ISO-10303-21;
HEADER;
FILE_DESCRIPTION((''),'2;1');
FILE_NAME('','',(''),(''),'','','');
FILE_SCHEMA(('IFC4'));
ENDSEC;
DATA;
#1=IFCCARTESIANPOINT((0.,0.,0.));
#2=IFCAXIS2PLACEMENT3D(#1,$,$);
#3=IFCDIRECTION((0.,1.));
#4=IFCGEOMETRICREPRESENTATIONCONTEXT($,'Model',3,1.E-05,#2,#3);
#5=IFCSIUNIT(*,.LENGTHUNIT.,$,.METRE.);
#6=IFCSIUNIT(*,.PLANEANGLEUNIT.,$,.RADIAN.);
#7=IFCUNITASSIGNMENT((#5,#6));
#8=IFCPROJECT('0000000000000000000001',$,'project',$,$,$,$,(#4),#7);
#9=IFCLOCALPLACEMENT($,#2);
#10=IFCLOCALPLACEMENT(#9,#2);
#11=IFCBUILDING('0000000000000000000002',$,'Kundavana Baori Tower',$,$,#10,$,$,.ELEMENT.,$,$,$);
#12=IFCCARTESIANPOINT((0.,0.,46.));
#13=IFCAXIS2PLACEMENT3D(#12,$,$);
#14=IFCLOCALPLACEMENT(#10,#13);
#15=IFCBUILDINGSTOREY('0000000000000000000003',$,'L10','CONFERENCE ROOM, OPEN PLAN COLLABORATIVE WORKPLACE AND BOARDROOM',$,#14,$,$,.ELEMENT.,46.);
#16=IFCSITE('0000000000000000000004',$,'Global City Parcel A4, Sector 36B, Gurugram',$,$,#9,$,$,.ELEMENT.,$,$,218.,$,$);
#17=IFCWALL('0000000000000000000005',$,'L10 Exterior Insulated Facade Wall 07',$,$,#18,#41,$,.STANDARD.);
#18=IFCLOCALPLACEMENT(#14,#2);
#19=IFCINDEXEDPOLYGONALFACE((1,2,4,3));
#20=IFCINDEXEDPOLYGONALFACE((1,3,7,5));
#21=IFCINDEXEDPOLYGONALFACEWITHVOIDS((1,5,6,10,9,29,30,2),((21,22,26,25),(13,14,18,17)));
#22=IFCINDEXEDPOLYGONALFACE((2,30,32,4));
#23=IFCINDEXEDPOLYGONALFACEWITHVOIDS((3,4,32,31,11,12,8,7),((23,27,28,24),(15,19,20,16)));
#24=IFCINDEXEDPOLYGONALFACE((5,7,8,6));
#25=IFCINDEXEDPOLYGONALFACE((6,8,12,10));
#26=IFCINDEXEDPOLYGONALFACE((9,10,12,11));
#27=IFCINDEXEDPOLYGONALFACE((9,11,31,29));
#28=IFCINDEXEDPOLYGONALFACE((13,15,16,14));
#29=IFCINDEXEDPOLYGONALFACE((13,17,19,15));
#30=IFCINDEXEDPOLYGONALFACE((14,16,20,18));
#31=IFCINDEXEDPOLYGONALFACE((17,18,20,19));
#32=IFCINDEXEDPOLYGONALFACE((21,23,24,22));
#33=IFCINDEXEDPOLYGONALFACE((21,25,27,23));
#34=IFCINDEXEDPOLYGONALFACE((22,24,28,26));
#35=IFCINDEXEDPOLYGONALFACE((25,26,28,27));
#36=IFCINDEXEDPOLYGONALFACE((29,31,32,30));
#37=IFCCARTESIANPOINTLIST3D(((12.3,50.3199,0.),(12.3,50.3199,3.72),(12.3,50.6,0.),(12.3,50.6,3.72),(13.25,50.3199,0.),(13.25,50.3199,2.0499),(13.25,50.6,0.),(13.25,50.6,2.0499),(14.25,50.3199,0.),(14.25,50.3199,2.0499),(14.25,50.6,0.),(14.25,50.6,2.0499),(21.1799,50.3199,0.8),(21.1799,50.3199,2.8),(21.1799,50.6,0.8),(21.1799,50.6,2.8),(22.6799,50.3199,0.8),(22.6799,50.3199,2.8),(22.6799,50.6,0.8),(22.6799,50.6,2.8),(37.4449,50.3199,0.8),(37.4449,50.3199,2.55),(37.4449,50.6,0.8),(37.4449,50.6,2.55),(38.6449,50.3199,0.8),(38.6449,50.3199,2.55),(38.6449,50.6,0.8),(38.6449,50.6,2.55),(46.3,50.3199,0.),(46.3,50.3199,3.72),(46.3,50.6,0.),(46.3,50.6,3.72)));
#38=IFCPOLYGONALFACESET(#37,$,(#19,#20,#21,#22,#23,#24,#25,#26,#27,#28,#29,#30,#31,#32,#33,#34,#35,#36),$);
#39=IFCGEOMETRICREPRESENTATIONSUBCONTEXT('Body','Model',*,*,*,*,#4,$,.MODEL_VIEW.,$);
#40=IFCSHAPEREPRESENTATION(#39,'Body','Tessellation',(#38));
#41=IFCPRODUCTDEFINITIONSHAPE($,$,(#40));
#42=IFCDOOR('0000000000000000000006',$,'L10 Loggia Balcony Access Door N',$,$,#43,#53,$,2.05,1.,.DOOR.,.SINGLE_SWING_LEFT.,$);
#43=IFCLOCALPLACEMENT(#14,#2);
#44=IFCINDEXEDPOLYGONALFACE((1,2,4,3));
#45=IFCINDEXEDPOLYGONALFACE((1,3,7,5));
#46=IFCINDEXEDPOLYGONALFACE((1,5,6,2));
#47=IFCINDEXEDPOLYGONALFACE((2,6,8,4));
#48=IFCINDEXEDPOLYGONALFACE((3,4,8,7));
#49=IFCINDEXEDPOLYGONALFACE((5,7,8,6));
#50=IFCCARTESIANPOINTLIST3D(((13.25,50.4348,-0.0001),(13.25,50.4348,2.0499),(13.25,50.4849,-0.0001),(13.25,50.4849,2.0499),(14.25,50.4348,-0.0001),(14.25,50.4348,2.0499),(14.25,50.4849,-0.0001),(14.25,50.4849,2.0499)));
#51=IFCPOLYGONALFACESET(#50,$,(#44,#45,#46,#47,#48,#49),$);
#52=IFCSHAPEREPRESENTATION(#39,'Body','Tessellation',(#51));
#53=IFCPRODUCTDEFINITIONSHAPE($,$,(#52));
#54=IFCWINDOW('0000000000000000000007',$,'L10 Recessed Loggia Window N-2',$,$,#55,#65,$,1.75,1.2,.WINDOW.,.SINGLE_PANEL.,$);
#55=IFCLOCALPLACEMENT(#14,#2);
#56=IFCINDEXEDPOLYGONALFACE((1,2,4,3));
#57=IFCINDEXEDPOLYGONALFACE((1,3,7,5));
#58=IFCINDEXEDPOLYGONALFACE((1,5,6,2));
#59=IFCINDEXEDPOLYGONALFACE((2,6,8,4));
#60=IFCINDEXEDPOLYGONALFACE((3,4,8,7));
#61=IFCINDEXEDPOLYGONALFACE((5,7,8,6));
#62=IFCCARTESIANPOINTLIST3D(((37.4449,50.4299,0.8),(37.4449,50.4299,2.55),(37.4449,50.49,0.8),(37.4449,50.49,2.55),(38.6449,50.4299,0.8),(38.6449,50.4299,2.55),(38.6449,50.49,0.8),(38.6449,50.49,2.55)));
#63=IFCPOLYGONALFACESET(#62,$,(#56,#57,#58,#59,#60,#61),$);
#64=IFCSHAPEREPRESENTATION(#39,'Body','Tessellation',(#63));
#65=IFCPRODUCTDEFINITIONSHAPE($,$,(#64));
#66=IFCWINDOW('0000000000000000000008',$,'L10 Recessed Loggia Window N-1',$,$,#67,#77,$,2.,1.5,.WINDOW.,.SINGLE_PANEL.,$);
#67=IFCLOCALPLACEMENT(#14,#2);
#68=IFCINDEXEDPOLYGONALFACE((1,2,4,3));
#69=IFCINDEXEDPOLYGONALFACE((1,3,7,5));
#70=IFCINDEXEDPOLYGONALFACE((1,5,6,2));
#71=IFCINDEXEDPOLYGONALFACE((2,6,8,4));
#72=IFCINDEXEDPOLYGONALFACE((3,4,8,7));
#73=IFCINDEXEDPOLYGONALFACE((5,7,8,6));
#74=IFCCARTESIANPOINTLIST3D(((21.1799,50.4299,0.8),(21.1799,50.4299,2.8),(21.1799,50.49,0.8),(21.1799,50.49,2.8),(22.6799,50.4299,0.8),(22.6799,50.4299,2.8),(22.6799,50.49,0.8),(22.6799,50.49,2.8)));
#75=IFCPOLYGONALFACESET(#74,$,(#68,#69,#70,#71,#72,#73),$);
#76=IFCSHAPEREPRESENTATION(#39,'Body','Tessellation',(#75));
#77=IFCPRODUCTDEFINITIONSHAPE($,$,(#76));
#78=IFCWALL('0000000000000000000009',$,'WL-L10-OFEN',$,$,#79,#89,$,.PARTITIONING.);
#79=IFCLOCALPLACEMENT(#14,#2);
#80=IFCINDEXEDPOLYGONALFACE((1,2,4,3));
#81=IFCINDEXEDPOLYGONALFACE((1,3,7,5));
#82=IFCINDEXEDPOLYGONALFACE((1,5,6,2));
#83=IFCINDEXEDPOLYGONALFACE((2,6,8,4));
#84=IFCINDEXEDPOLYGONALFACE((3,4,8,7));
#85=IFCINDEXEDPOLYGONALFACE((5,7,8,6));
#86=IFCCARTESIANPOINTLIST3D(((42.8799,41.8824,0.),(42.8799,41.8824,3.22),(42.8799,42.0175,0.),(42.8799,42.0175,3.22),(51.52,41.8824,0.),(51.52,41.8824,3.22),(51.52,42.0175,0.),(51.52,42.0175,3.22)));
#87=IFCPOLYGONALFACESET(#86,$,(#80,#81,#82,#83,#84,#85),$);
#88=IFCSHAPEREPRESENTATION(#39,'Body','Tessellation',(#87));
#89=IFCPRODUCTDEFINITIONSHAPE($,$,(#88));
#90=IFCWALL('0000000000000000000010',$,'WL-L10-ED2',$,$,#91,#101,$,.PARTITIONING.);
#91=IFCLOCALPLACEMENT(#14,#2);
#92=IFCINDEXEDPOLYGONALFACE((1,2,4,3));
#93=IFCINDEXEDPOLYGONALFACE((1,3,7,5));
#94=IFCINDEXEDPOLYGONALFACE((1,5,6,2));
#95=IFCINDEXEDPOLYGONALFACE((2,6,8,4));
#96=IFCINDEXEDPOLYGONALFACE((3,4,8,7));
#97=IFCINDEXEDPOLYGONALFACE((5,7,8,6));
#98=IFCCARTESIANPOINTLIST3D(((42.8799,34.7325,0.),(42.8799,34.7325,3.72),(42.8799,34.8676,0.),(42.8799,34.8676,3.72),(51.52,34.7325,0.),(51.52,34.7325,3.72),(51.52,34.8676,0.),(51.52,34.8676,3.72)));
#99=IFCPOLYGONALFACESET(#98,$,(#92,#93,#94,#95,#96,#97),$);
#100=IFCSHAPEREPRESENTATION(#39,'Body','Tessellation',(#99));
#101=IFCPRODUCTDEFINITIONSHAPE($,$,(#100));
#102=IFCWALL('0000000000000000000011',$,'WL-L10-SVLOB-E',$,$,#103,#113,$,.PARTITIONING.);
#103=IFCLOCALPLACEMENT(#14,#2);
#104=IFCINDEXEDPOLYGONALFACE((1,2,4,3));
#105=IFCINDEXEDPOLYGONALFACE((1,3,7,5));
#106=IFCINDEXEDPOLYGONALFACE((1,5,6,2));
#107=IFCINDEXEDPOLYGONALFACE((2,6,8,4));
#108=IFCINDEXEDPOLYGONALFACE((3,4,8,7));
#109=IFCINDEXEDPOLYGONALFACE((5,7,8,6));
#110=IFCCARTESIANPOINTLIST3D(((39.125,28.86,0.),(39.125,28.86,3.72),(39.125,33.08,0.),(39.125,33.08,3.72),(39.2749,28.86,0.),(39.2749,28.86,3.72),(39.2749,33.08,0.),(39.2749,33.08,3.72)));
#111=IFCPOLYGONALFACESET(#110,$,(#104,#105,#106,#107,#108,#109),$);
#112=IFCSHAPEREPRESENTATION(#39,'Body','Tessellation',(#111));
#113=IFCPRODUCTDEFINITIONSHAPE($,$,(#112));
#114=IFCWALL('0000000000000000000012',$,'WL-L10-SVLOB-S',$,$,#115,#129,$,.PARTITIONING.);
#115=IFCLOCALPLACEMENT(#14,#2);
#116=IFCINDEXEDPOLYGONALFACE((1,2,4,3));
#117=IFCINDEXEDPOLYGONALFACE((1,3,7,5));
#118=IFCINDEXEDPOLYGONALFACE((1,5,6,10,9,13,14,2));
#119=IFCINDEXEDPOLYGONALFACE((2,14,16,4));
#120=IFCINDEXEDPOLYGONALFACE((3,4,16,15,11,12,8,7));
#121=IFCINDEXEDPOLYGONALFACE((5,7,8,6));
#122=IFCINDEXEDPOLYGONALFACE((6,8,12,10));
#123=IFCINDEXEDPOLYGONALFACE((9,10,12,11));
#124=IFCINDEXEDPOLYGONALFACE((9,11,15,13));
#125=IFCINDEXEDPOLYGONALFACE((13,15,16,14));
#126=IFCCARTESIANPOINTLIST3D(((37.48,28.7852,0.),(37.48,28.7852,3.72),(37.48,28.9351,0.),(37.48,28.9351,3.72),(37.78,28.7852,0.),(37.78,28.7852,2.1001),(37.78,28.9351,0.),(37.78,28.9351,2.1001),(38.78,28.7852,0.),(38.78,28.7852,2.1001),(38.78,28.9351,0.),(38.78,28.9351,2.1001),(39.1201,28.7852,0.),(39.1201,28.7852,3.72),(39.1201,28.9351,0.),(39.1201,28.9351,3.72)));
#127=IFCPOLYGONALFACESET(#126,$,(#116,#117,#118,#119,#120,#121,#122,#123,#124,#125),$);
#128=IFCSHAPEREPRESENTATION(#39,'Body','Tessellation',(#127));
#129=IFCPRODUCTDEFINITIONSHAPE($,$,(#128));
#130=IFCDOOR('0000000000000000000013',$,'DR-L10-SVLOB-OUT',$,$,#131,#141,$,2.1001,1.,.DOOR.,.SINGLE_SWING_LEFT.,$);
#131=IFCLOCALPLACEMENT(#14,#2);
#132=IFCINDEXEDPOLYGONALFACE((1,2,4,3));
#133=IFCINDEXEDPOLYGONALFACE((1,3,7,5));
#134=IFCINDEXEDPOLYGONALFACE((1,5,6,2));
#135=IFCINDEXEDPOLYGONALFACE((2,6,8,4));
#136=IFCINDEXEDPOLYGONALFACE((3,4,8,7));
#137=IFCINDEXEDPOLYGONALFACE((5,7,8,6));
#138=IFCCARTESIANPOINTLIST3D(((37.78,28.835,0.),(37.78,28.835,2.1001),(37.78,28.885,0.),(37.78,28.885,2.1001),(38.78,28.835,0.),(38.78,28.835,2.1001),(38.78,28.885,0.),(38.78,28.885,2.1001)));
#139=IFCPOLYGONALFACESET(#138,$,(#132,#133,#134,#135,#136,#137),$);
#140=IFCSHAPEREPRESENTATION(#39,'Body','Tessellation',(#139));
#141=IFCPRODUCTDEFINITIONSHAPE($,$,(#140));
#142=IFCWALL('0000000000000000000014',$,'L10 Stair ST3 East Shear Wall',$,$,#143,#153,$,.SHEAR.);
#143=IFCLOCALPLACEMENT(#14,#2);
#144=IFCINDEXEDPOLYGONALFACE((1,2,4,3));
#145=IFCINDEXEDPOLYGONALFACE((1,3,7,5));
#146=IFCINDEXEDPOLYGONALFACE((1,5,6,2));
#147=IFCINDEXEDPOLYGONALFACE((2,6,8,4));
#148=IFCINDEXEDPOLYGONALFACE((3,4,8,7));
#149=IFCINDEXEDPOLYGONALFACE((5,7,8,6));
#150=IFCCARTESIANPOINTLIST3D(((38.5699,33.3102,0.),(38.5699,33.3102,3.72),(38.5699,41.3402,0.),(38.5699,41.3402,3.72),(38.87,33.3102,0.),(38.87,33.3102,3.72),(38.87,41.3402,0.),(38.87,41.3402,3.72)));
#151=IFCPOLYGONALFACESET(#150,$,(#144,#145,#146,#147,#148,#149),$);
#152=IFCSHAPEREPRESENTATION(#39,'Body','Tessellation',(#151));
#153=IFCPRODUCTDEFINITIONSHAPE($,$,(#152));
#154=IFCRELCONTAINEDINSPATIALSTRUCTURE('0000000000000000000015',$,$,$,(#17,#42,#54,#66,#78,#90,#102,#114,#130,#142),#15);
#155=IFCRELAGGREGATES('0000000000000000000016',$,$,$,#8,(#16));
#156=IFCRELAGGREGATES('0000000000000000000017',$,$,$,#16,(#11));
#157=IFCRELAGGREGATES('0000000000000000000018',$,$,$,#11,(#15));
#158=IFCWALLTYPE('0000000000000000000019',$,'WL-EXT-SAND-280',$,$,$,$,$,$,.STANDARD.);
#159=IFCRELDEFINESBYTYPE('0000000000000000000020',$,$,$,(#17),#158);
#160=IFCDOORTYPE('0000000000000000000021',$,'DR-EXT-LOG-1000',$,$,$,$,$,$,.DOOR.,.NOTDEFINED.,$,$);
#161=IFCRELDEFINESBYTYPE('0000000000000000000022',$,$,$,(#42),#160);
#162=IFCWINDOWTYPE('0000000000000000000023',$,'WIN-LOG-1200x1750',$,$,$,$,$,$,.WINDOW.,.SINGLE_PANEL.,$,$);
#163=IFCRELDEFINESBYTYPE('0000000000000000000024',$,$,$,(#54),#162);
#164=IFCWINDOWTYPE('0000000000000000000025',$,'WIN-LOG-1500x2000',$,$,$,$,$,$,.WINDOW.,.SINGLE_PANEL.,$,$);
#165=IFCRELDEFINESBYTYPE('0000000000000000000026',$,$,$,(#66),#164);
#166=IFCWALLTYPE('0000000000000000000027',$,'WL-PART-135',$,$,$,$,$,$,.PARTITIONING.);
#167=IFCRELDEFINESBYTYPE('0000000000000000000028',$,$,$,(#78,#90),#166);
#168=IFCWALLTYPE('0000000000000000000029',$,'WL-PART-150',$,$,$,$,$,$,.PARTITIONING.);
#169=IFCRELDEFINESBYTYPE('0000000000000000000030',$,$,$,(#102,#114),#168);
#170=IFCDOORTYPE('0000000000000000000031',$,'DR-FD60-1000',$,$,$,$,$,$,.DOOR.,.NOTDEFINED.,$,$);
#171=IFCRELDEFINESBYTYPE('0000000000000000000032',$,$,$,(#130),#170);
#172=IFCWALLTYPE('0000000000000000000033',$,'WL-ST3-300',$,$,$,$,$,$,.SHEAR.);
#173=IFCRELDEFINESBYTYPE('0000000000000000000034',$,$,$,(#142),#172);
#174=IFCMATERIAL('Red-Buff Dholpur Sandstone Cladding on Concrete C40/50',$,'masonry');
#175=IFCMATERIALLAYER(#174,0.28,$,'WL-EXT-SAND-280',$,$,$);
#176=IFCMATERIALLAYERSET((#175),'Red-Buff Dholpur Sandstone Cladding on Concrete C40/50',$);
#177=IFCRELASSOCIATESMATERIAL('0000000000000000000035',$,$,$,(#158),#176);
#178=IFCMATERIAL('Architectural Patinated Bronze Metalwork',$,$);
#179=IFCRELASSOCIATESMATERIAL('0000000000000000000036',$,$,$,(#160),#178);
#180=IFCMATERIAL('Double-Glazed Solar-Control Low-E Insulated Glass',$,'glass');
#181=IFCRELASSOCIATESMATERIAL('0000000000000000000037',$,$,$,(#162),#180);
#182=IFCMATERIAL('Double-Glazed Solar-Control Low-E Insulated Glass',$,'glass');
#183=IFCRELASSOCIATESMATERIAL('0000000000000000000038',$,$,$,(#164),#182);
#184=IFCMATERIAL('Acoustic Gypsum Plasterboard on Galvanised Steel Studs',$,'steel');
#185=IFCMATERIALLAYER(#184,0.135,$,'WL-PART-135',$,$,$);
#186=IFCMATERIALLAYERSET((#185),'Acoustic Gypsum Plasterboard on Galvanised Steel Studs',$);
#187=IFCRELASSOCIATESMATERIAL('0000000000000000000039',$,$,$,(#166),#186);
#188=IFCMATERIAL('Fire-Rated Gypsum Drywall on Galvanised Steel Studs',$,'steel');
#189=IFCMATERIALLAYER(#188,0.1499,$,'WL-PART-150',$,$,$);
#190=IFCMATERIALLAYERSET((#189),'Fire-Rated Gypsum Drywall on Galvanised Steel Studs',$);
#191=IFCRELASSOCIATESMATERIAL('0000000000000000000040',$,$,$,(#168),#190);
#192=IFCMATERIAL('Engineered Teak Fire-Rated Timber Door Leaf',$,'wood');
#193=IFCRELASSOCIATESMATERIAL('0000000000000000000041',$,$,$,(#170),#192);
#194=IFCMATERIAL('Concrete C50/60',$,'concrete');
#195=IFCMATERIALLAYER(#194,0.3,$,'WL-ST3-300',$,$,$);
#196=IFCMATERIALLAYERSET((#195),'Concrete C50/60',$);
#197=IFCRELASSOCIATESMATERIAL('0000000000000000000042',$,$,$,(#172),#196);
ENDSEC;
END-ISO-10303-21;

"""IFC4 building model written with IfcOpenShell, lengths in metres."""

from ifc_helpers import new_model, si_unit, direction, frame, frame_2d, origin, place, context, subcontext, project, spatial, rectangle, extrude, material, layer, layer_set, type_object, element, fill, save


model = new_model("IFC4")

# Units and contexts
model_context = context("Model", 3, precision=1e-05, world=origin(), true_north=direction((0.0, 1.0)))
body_context = subcontext(model_context, "Body", "Model", "MODEL_VIEW")
ifc_project = project(units=[si_unit("LENGTHUNIT", "METRE"), si_unit("PLANEANGLEUNIT", "RADIAN")], contexts=[model_context])

# Site, building, storey
site_placement = place(None, origin())
site = spatial("IfcSite", under=ifc_project, at=site_placement, Name="Global City Parcel A4, Sector 36B, Gurugram", CompositionType="ELEMENT", RefElevation=218.0)
building_placement = place(site_placement, origin())
building = spatial("IfcBuilding", under=site, at=building_placement, Name="Kundavana Baori Tower", CompositionType="ELEMENT")
storey_placement = place(building_placement, frame((0.0, 0.0, 46.0)))
storey = spatial("IfcBuildingStorey", under=building, at=storey_placement, Name="L10", Description="CONFERENCE ROOM, OPEN PLAN COLLABORATIVE WORKPLACE AND BOARDROOM", CompositionType="ELEMENT", Elevation=46.0)

# Shared definitions
ifc_material_1 = material(Name="Red-Buff Dholpur Sandstone Cladding on Concrete C40/50", Category="masonry")
ifc_layer_1 = layer(ifc_material_1, 0.28, Name="WL-EXT-SAND-280")
ifc_layer_set_1 = layer_set([ifc_layer_1], Name="Red-Buff Dholpur Sandstone Cladding on Concrete C40/50")
wall_type_1 = type_object("IfcWallType", Name="WL-EXT-SAND-280", PredefinedType="STANDARD", material=ifc_layer_set_1)

# Wall, openings, door, windows
wall_1_placement = place(storey_placement, frame((46.3, 50.46, 0.0), z_axis=(0.0, 0.0, 1.0), x_axis=(-1.0, 0.0, 0.0)))
wall_1 = element("IfcWall", 1, at=wall_1_placement, inside=storey, type_object=wall_type_1, Name="L10 Exterior Insulated Facade Wall 07", PredefinedType="STANDARD", context=body_context, shape_type="SweptSolid", body=[
    extrude(rectangle(XDim=34.0, YDim=0.28, at=frame_2d((17.0, 0.0))), origin(), (0.0, 0.0, 1.0), 3.72),
])
opening_1_placement = place(wall_1_placement, frame((32.05, 0.0, 0.0)))
opening_1 = element("IfcOpeningElement", 2, at=opening_1_placement, cuts=wall_1, PredefinedType="OPENING", context=body_context, shape_type="SweptSolid", body=[
    extrude(rectangle(XDim=1.0, YDim=2.05, at=frame_2d((0.5, 1.0249))), frame((0.0, 0.1499, 0.0), z_axis=(0.0, -1.0, 0.0), x_axis=(1.0, 0.0, 0.0)), (0.0, 0.0, 1.0), 0.3),
])
opening_2_placement = place(wall_1_placement, frame((23.6201, 0.0, 0.8)))
opening_2 = element("IfcOpeningElement", 3, at=opening_2_placement, cuts=wall_1, PredefinedType="OPENING", context=body_context, shape_type="SweptSolid", body=[
    extrude(rectangle(XDim=1.5, YDim=2.0, at=frame_2d((0.75, 1.0))), frame((0.0, 0.1499, 0.0), z_axis=(0.0, -1.0, 0.0), x_axis=(1.0, 0.0, 0.0)), (0.0, 0.0, 1.0), 0.3),
])
opening_3_placement = place(wall_1_placement, frame((7.655, 0.0, 0.8)))
opening_3 = element("IfcOpeningElement", 4, at=opening_3_placement, cuts=wall_1, PredefinedType="OPENING", context=body_context, shape_type="SweptSolid", body=[
    extrude(rectangle(XDim=1.2, YDim=1.75, at=frame_2d((0.6001, 0.875))), frame((0.0, 0.1499, 0.0), z_axis=(0.0, -1.0, 0.0), x_axis=(1.0, 0.0, 0.0)), (0.0, 0.0, 1.0), 0.3),
])
ifc_material_2 = material(Name="Architectural Patinated Bronze Metalwork")
door_type_1 = type_object("IfcDoorType", Name="DR-EXT-LOG-1000", OperationType="NOTDEFINED", PredefinedType="DOOR", material=ifc_material_2)
door_1_placement = place(opening_1_placement, frame((1.0, 0.0, 0.0), z_axis=(0.0, 0.0, 1.0), x_axis=(-1.0, 0.0, 0.0)))
door_1 = element("IfcDoor", 5, at=door_1_placement, inside=storey, type_object=door_type_1, Name="L10 Loggia Balcony Access Door N", OperationType="SINGLE_SWING_LEFT", OverallHeight=2.05, OverallWidth=1.0, PredefinedType="DOOR", context=body_context, shape_type="SweptSolid", body=[
    extrude(rectangle(XDim=1.0, YDim=2.05, at=frame_2d((0.5, 1.0249))), frame((0.0, 0.0249, 0.0), z_axis=(0.0, -1.0, 0.0), x_axis=(1.0, 0.0, 0.0)), (0.0, 0.0, 1.0), 0.05),
])
fill(opening_1, door_1)
ifc_material_3 = material(Name="Double-Glazed Solar-Control Low-E Insulated Glass", Category="glass")
window_type_1 = type_object("IfcWindowType", Name="WIN-LOG-1200x1750", PartitioningType="SINGLE_PANEL", PredefinedType="WINDOW", material=ifc_material_3)
window_1_placement = place(opening_3_placement, origin())
window_1 = element("IfcWindow", 6, at=window_1_placement, inside=storey, type_object=window_type_1, Name="L10 Recessed Loggia Window N-2", OverallHeight=1.75, OverallWidth=1.2, PartitioningType="SINGLE_PANEL", PredefinedType="WINDOW", context=body_context, shape_type="SweptSolid", body=[
    extrude(rectangle(XDim=1.2, YDim=1.75, at=frame_2d((0.6001, 0.875))), frame((0.0, 0.03, 0.0), z_axis=(0.0, -1.0, 0.0), x_axis=(1.0, 0.0, 0.0)), (0.0, 0.0, 1.0), 0.0601),
])
fill(opening_3, window_1)
ifc_material_4 = material(Name="Double-Glazed Solar-Control Low-E Insulated Glass", Category="glass")
window_type_2 = type_object("IfcWindowType", Name="WIN-LOG-1500x2000", PartitioningType="SINGLE_PANEL", PredefinedType="WINDOW", material=ifc_material_4)
window_2_placement = place(opening_2_placement, origin())
window_2 = element("IfcWindow", 7, at=window_2_placement, inside=storey, type_object=window_type_2, Name="L10 Recessed Loggia Window N-1", OverallHeight=2.0, OverallWidth=1.5, PartitioningType="SINGLE_PANEL", PredefinedType="WINDOW", context=body_context, shape_type="SweptSolid", body=[
    extrude(rectangle(XDim=1.5, YDim=2.0, at=frame_2d((0.75, 1.0))), frame((0.0, 0.03, 0.0), z_axis=(0.0, -1.0, 0.0), x_axis=(1.0, 0.0, 0.0)), (0.0, 0.0, 1.0), 0.0601),
])
fill(opening_2, window_2)

# Walls
ifc_material_5 = material(Name="Acoustic Gypsum Plasterboard on Galvanised Steel Studs", Category="steel")
ifc_layer_2 = layer(ifc_material_5, 0.135, Name="WL-PART-135")
ifc_layer_set_2 = layer_set([ifc_layer_2], Name="Acoustic Gypsum Plasterboard on Galvanised Steel Studs")
wall_type_2 = type_object("IfcWallType", Name="WL-PART-135", PredefinedType="PARTITIONING", material=ifc_layer_set_2)
wall_2_placement = place(storey_placement, frame((42.8799, 41.95, 0.0), z_axis=(0.0, 0.0, 1.0), x_axis=(1.0, 0.0, 0.0)))
element("IfcWall", 8, at=wall_2_placement, inside=storey, type_object=wall_type_2, Name="WL-L10-OFEN", PredefinedType="PARTITIONING", context=body_context, shape_type="SweptSolid", body=[
    extrude(rectangle(XDim=8.6401, YDim=0.135, at=frame_2d((4.3201, 0.0))), origin(), (0.0, 0.0, 1.0), 3.22),
])
wall_3_placement = place(storey_placement, frame((42.8799, 34.8, 0.0), z_axis=(0.0, 0.0, 1.0), x_axis=(1.0, 0.0, 0.0)))
element("IfcWall", 9, at=wall_3_placement, inside=storey, type_object=wall_type_2, Name="WL-L10-ED2", PredefinedType="PARTITIONING", context=body_context, shape_type="SweptSolid", body=[
    extrude(rectangle(XDim=8.6401, YDim=0.135, at=frame_2d((4.3201, 0.0))), origin(), (0.0, 0.0, 1.0), 3.72),
])
ifc_material_6 = material(Name="Fire-Rated Gypsum Drywall on Galvanised Steel Studs", Category="steel")
ifc_layer_3 = layer(ifc_material_6, 0.1499, Name="WL-PART-150")
ifc_layer_set_3 = layer_set([ifc_layer_3], Name="Fire-Rated Gypsum Drywall on Galvanised Steel Studs")
wall_type_3 = type_object("IfcWallType", Name="WL-PART-150", PredefinedType="PARTITIONING", material=ifc_layer_set_3)
wall_4_placement = place(storey_placement, frame((39.2, 28.8601, 0.0), z_axis=(0.0, 0.0, 1.0), x_axis=(0.0, 1.0, 0.0)))
element("IfcWall", 10, at=wall_4_placement, inside=storey, type_object=wall_type_3, Name="WL-L10-SVLOB-E", PredefinedType="PARTITIONING", context=body_context, shape_type="SweptSolid", body=[
    extrude(rectangle(XDim=4.22, YDim=0.1499, at=frame_2d((2.1099, 0.0))), origin(), (0.0, 0.0, 1.0), 3.72),
])

# Wall, opening, door
wall_5_placement = place(storey_placement, frame((37.48, 28.8601, 0.0), z_axis=(0.0, 0.0, 1.0), x_axis=(1.0, 0.0, 0.0)))
wall_5 = element("IfcWall", 11, at=wall_5_placement, inside=storey, type_object=wall_type_3, Name="WL-L10-SVLOB-S", PredefinedType="PARTITIONING", context=body_context, shape_type="SweptSolid", body=[
    extrude(rectangle(XDim=1.6401, YDim=0.1499, at=frame_2d((0.8201, 0.0))), origin(), (0.0, 0.0, 1.0), 3.72),
])
opening_4_placement = place(wall_5_placement, frame((0.3, 0.0, 0.0)))
opening_4 = element("IfcOpeningElement", 12, at=opening_4_placement, cuts=wall_5, PredefinedType="OPENING", context=body_context, shape_type="SweptSolid", body=[
    extrude(rectangle(XDim=1.0, YDim=2.1001, at=frame_2d((0.5, 1.05))), frame((0.0, 0.085, 0.0), z_axis=(0.0, -1.0, 0.0), x_axis=(1.0, 0.0, 0.0)), (0.0, 0.0, 1.0), 0.1699),
])
ifc_material_7 = material(Name="Engineered Teak Fire-Rated Timber Door Leaf", Category="wood")
door_type_2 = type_object("IfcDoorType", Name="DR-FD60-1000", OperationType="NOTDEFINED", PredefinedType="DOOR", material=ifc_material_7)
door_2_placement = place(opening_4_placement, origin())
door_2 = element("IfcDoor", 13, at=door_2_placement, inside=storey, type_object=door_type_2, Name="DR-L10-SVLOB-OUT", OperationType="SINGLE_SWING_LEFT", OverallHeight=2.1001, OverallWidth=1.0, PredefinedType="DOOR", context=body_context, shape_type="SweptSolid", body=[
    extrude(rectangle(XDim=1.0, YDim=2.1001, at=frame_2d((0.5, 1.05))), frame((0.0, 0.0249, 0.0), z_axis=(0.0, -1.0, 0.0), x_axis=(1.0, 0.0, 0.0)), (0.0, 0.0, 1.0), 0.05),
])
fill(opening_4, door_2)

# Wall
ifc_material_8 = material(Name="Concrete C50/60", Category="concrete")
ifc_layer_4 = layer(ifc_material_8, 0.3, Name="WL-ST3-300")
ifc_layer_set_4 = layer_set([ifc_layer_4], Name="Concrete C50/60")
wall_type_4 = type_object("IfcWallType", Name="WL-ST3-300", PredefinedType="SHEAR", material=ifc_layer_set_4)
wall_6_placement = place(storey_placement, frame((38.72, 33.3101, 0.0), z_axis=(0.0, 0.0, 1.0), x_axis=(0.0, 1.0, 0.0)))
element("IfcWall", 14, at=wall_6_placement, inside=storey, type_object=wall_type_4, Name="L10 Stair ST3 East Shear Wall", PredefinedType="SHEAR", context=body_context, shape_type="SweptSolid", body=[
    extrude(rectangle(XDim=8.03, YDim=0.3, at=frame_2d((4.0151, 0.0))), origin(), (0.0, 0.0, 1.0), 3.72),
])

save(model, "model.ifc")
